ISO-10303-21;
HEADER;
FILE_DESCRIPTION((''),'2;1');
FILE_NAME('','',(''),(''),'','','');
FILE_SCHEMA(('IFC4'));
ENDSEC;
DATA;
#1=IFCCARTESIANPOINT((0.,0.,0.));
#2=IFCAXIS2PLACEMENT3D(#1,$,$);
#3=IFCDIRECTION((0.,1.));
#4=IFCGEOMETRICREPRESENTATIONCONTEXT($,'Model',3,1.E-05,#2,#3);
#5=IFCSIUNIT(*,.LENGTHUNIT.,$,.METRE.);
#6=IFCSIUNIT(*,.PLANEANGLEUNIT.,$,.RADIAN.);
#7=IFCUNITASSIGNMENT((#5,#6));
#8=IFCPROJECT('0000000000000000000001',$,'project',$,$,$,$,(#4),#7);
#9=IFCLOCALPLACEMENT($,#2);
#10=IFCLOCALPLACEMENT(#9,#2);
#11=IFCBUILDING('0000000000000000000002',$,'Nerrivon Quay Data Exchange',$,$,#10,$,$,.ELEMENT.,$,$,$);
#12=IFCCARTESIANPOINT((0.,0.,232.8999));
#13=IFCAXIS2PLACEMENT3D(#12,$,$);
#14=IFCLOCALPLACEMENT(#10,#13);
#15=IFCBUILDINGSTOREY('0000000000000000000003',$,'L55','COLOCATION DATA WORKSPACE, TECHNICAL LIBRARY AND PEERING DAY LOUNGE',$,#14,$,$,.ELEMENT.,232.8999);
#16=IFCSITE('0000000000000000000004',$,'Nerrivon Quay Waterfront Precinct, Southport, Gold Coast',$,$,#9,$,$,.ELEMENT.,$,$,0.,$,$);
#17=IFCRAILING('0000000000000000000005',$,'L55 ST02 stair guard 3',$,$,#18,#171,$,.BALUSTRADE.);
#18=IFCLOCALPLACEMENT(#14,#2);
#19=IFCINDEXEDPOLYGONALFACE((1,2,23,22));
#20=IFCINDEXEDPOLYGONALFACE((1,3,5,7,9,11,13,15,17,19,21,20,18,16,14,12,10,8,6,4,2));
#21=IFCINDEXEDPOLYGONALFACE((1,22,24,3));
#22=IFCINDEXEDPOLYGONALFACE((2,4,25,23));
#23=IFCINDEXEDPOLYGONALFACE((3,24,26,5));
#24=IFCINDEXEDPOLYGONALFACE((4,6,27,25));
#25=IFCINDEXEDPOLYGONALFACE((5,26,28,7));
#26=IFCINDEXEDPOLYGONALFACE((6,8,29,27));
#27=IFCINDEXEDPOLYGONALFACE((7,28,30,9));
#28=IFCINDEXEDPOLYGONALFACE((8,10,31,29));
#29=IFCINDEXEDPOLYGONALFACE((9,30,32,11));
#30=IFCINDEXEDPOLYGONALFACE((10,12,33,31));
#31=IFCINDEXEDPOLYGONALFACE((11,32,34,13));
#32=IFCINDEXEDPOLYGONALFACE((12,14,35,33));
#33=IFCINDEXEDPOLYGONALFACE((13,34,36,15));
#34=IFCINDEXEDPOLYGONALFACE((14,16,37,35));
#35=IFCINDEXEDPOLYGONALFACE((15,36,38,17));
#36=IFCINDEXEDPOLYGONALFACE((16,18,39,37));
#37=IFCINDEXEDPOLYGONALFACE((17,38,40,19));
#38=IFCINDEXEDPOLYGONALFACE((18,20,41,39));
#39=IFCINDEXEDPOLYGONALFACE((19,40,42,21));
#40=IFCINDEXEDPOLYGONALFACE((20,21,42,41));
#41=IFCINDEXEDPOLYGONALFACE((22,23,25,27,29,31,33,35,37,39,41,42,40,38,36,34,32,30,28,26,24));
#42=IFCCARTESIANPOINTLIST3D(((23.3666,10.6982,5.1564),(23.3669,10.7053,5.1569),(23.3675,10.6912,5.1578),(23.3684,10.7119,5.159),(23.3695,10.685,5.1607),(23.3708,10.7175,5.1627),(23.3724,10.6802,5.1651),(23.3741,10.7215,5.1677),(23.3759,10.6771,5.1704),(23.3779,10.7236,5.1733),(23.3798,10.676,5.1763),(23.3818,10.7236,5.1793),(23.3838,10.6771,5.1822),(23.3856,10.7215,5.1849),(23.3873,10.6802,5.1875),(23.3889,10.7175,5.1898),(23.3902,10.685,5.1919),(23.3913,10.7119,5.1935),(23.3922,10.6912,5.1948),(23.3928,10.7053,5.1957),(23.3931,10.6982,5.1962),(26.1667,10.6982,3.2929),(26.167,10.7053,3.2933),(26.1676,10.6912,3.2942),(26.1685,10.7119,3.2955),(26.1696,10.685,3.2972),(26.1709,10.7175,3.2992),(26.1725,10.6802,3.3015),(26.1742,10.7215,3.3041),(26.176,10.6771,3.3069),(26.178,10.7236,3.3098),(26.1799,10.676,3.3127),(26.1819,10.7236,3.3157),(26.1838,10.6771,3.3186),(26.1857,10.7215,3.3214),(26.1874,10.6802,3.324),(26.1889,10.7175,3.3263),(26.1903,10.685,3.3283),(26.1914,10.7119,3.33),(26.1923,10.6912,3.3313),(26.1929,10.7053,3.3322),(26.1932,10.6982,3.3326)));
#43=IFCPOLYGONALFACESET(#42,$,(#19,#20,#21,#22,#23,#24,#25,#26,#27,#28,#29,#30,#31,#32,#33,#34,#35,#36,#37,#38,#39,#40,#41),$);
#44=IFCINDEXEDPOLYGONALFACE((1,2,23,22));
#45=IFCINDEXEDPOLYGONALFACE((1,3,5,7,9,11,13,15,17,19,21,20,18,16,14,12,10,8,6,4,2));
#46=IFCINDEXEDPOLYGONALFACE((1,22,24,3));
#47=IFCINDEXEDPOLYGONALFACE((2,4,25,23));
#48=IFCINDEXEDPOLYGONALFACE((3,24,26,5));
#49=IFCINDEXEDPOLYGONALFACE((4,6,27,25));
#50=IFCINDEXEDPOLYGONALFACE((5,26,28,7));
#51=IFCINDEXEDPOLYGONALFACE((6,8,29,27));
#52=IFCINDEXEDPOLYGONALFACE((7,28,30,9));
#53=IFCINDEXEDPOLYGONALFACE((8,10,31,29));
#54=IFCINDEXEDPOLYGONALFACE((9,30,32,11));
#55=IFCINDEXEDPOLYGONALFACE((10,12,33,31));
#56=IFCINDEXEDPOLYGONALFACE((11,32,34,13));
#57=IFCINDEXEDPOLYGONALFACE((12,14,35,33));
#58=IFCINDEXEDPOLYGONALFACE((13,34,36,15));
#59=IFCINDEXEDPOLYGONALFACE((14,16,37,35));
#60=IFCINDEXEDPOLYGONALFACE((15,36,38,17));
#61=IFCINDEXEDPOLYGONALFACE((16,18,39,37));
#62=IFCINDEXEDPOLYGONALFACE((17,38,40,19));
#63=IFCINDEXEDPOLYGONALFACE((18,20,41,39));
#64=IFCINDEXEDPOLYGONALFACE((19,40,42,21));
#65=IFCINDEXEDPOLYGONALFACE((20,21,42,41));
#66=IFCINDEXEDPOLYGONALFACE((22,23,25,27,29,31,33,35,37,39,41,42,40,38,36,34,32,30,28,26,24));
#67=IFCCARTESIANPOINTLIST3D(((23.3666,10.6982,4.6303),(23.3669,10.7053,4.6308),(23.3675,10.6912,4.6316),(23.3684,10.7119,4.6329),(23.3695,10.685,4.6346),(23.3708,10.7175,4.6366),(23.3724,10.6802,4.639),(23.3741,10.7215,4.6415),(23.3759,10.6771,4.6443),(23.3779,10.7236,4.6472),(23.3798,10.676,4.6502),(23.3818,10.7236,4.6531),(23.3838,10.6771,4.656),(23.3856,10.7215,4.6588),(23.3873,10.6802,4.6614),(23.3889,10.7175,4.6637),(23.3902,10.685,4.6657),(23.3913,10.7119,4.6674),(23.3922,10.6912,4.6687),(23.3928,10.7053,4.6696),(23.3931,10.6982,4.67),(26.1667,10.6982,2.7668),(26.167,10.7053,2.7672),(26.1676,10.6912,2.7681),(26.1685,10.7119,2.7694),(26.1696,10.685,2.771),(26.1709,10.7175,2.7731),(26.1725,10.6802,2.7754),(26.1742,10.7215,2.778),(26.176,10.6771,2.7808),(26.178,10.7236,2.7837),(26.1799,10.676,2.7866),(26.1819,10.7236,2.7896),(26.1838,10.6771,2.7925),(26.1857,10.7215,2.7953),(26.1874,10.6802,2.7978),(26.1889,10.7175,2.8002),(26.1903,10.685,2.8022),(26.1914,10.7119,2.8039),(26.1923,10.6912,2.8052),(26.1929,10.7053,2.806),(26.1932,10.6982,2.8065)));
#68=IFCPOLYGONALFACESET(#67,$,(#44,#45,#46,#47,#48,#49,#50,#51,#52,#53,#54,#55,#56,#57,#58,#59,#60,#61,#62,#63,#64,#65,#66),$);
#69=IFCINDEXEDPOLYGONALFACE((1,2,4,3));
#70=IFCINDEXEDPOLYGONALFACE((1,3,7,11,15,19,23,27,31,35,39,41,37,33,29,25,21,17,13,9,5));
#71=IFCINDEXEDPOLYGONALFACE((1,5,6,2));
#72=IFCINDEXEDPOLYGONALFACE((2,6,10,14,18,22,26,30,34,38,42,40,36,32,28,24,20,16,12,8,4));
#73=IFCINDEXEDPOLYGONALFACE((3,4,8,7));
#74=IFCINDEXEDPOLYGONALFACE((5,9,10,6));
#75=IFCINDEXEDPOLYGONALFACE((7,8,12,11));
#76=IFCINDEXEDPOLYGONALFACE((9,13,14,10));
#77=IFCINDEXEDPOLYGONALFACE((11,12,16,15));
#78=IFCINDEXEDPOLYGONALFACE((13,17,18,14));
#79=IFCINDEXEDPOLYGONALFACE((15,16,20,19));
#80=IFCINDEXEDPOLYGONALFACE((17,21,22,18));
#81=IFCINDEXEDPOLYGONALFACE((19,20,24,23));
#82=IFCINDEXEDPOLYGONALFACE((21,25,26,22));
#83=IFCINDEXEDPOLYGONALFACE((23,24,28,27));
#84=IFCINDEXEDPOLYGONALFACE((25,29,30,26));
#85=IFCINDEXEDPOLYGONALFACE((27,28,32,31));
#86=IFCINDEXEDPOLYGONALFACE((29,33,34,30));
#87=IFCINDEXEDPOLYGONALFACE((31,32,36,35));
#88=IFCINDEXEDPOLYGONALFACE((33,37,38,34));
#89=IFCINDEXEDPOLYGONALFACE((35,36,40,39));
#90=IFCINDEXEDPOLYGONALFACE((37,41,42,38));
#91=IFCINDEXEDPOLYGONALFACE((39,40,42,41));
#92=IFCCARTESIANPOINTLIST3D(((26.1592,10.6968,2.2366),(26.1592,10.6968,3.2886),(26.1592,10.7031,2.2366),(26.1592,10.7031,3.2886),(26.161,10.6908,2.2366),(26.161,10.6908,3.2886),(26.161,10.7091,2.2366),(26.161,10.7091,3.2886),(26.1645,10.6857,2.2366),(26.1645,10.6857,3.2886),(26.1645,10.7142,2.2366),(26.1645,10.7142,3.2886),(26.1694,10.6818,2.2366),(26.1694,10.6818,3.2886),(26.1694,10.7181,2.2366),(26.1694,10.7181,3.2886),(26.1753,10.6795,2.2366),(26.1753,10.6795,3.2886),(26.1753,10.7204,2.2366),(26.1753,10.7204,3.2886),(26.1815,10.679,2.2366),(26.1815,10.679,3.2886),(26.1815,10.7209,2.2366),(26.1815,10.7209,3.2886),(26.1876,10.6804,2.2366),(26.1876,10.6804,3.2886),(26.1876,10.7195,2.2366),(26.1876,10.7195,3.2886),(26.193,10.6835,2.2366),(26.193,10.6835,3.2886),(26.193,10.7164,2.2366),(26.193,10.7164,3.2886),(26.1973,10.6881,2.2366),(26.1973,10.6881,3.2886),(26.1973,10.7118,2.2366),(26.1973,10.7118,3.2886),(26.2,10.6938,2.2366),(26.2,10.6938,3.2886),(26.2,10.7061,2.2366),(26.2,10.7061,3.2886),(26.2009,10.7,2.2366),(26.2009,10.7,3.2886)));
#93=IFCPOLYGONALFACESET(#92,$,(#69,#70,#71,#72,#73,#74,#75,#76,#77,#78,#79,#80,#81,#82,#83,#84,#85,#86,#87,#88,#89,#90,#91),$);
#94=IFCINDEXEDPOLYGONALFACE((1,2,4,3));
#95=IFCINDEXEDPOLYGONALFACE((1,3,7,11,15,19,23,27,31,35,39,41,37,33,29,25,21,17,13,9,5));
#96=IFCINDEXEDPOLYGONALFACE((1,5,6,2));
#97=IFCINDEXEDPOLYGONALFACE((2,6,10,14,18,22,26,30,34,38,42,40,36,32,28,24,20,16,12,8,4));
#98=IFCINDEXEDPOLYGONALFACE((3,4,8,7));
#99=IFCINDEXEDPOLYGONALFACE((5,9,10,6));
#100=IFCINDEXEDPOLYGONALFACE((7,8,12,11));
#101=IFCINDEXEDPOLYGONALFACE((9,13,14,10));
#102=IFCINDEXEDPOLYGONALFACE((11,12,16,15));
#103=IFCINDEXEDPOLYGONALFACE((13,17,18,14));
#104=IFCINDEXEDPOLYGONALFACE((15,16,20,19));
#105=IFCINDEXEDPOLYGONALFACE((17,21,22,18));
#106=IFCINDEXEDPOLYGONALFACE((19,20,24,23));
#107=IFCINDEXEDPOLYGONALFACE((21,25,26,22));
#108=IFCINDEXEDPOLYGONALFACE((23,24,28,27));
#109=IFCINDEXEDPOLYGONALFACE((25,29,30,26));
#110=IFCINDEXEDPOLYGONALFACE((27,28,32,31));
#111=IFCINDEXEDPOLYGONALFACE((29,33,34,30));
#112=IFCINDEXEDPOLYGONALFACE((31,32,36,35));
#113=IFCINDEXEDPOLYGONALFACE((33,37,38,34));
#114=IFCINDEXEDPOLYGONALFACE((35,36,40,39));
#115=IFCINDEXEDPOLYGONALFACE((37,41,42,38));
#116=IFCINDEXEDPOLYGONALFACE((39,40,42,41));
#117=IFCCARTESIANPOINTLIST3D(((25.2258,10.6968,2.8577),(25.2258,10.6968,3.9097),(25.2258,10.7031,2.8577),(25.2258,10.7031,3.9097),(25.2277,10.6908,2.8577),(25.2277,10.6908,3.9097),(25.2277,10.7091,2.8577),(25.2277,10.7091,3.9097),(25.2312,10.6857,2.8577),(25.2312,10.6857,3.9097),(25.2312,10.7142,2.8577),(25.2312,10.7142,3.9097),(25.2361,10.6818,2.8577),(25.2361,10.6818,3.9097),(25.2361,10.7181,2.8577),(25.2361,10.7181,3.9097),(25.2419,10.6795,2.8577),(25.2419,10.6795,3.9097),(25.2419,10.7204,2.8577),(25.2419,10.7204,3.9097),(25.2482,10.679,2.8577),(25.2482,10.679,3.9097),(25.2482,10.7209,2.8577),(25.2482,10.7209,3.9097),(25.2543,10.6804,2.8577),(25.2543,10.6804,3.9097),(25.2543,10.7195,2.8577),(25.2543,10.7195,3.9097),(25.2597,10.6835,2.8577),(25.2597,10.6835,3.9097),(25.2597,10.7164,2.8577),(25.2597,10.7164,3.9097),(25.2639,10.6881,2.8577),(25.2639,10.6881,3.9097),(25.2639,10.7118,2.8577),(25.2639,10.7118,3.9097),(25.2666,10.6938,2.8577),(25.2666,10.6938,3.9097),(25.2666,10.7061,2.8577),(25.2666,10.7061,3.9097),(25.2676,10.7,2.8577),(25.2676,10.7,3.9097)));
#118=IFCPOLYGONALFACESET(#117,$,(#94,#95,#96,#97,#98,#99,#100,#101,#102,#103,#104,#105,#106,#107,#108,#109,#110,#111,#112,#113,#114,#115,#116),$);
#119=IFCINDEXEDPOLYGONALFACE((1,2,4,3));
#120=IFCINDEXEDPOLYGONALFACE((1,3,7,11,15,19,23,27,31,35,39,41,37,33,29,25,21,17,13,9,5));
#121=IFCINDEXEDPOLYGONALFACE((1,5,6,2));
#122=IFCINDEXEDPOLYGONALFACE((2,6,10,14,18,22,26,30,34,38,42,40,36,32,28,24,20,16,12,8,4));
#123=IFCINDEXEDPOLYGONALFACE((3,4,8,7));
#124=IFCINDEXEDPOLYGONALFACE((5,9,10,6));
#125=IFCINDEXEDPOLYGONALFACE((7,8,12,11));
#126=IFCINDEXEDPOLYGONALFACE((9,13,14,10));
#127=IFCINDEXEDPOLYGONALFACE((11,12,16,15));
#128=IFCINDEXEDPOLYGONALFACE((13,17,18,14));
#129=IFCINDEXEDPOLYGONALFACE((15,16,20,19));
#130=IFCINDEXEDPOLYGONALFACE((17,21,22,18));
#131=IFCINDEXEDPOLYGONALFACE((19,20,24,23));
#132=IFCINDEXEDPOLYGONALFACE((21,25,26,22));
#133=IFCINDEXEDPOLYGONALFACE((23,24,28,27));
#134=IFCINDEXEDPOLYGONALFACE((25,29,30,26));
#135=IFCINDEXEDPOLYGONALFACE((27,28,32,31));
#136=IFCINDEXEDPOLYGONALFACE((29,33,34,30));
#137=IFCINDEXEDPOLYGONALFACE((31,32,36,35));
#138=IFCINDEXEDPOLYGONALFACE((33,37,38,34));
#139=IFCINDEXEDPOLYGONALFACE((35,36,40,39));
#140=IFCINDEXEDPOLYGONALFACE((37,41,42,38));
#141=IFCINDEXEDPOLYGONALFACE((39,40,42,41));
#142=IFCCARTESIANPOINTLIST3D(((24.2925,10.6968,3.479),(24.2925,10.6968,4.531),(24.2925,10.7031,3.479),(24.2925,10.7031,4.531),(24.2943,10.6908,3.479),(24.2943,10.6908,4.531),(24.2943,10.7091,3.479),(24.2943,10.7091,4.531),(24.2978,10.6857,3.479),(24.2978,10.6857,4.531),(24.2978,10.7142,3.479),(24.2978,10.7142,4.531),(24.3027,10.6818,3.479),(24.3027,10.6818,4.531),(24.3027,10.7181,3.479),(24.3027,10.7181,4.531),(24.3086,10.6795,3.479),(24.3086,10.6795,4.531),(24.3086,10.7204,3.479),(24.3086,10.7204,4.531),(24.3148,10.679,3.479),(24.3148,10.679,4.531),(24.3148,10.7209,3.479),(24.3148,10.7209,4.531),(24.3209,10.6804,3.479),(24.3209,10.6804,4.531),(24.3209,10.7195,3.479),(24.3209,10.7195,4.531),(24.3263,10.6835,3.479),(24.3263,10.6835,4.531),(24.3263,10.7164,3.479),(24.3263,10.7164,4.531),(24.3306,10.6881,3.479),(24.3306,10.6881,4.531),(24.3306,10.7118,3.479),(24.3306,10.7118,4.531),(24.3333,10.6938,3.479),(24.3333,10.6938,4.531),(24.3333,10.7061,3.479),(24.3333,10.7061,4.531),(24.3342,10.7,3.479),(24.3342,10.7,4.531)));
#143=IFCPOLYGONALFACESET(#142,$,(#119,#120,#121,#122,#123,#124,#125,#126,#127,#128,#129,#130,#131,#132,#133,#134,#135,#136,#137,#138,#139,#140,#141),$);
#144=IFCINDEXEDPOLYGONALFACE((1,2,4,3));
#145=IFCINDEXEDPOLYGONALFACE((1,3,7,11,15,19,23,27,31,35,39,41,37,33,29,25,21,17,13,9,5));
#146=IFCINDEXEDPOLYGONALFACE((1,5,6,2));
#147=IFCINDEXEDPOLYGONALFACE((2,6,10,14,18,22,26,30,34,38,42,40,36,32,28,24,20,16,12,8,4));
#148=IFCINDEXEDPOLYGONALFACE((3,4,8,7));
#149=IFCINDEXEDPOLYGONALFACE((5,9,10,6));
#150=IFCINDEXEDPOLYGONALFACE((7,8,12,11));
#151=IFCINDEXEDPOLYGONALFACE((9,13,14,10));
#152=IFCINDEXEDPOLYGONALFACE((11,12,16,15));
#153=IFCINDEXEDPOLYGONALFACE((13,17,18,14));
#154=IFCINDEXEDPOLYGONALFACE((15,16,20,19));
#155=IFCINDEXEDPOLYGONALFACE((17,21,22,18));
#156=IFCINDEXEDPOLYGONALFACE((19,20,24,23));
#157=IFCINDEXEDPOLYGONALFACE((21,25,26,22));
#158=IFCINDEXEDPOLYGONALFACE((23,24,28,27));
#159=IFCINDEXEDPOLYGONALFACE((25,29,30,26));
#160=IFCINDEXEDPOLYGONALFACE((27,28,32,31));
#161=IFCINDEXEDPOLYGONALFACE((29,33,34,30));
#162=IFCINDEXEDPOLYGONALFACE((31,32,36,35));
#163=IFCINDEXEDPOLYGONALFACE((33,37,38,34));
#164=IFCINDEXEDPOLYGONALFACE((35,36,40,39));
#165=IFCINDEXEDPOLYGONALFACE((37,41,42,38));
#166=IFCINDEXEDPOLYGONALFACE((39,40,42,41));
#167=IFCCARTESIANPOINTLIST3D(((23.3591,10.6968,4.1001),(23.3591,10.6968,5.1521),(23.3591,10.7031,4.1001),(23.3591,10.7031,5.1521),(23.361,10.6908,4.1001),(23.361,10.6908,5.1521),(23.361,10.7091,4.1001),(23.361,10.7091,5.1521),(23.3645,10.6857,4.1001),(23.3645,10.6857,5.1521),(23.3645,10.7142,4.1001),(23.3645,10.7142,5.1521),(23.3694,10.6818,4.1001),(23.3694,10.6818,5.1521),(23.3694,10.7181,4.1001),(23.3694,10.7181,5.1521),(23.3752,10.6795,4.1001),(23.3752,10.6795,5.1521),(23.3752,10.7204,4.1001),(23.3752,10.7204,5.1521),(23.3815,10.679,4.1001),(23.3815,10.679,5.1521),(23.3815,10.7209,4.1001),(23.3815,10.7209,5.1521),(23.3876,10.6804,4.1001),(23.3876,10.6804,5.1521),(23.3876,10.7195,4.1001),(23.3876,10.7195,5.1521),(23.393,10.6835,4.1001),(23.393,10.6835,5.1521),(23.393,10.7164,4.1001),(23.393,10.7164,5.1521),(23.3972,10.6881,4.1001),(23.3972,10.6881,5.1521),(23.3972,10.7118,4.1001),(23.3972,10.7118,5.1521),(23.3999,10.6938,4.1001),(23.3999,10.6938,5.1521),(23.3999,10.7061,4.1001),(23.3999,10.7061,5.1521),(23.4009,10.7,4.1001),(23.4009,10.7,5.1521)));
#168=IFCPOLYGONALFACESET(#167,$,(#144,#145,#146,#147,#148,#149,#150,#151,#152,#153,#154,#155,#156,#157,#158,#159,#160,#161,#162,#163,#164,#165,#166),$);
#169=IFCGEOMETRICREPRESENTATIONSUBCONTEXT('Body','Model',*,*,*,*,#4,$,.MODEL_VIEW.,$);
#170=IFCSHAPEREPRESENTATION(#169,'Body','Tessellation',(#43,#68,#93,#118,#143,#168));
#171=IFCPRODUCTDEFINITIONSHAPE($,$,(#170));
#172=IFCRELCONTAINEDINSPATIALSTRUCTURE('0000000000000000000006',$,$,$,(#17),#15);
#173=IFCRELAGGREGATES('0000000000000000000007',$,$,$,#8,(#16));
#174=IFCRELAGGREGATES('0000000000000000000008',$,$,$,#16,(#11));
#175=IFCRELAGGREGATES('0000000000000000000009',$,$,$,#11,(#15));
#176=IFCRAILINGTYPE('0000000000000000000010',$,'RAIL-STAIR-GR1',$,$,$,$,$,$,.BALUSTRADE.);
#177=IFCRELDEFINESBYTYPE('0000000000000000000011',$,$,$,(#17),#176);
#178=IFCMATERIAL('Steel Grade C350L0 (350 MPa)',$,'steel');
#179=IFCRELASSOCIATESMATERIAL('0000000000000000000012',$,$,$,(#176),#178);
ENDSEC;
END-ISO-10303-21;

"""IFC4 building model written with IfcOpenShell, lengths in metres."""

from ifc_helpers import new_model, si_unit, direction, frame, origin, origin_2d, place, context, subcontext, project, spatial, circle, extrude, material, type_object, element, save


model = new_model("IFC4")

# Units and contexts
model_context = context("Model", 3, precision=1e-05, world=origin(), true_north=direction((0.0, 1.0)))
body_context = subcontext(model_context, "Body", "Model", "MODEL_VIEW")
ifc_project = project(units=[si_unit("LENGTHUNIT", "METRE"), si_unit("PLANEANGLEUNIT", "RADIAN")], contexts=[model_context])

# Site, building, storey
site_placement = place(None, origin())
site = spatial("IfcSite", under=ifc_project, at=site_placement, Name="Nerrivon Quay Waterfront Precinct, Southport, Gold Coast", CompositionType="ELEMENT", RefElevation=0.0)
building_placement = place(site_placement, origin())
building = spatial("IfcBuilding", under=site, at=building_placement, Name="Nerrivon Quay Data Exchange", CompositionType="ELEMENT")
storey_placement = place(building_placement, frame((0.0, 0.0, 232.8999)))
storey = spatial("IfcBuildingStorey", under=building, at=storey_placement, Name="L55", Description="COLOCATION DATA WORKSPACE, TECHNICAL LIBRARY AND PEERING DAY LOUNGE", CompositionType="ELEMENT", Elevation=232.8999)

# Railing
ifc_material_1 = material(Name="Steel Grade C350L0 (350 MPa)", Category="steel")
railing_type_1 = type_object("IfcRailingType", Name="RAIL-STAIR-GR1", PredefinedType="BALUSTRADE", material=ifc_material_1)
railing_1_placement = place(storey_placement, frame((26.1799, 10.7, 2.2366)))
element("IfcRailing", 1, at=railing_1_placement, inside=storey, type_object=railing_type_1, Name="L55 ST02 stair guard 3", PredefinedType="BALUSTRADE", context=body_context, shape_type="SweptSolid", body=[
    extrude(circle(Radius=0.0239, at=origin_2d()), frame((0.0, 0.0, 1.0762), z_axis=(-0.832486, 0.0, 0.554047), x_axis=(0.0, -1.0, 0.0)), (0.0, 0.0, 1.0), 3.3635),
    extrude(circle(Radius=0.0239, at=origin_2d()), frame((0.0, 0.0, 0.55), z_axis=(-0.832486, 0.0, 0.554047), x_axis=(0.0, -1.0, 0.0)), (0.0, 0.0, 1.0), 3.3635),
    extrude(circle(Radius=0.021, at=origin_2d()), origin(), (0.0, 0.0, 1.0), 1.052),
    extrude(circle(Radius=0.021, at=origin_2d()), frame((-0.9333, 0.0, 0.6211)), (0.0, 0.0, 1.0), 1.052),
    extrude(circle(Radius=0.021, at=origin_2d()), frame((-1.8667, 0.0, 1.2424)), (0.0, 0.0, 1.0), 1.052),
    extrude(circle(Radius=0.021, at=origin_2d()), frame((-2.8, 0.0, 1.8635)), (0.0, 0.0, 1.0), 1.052),
])

save(model, "model.ifc")
